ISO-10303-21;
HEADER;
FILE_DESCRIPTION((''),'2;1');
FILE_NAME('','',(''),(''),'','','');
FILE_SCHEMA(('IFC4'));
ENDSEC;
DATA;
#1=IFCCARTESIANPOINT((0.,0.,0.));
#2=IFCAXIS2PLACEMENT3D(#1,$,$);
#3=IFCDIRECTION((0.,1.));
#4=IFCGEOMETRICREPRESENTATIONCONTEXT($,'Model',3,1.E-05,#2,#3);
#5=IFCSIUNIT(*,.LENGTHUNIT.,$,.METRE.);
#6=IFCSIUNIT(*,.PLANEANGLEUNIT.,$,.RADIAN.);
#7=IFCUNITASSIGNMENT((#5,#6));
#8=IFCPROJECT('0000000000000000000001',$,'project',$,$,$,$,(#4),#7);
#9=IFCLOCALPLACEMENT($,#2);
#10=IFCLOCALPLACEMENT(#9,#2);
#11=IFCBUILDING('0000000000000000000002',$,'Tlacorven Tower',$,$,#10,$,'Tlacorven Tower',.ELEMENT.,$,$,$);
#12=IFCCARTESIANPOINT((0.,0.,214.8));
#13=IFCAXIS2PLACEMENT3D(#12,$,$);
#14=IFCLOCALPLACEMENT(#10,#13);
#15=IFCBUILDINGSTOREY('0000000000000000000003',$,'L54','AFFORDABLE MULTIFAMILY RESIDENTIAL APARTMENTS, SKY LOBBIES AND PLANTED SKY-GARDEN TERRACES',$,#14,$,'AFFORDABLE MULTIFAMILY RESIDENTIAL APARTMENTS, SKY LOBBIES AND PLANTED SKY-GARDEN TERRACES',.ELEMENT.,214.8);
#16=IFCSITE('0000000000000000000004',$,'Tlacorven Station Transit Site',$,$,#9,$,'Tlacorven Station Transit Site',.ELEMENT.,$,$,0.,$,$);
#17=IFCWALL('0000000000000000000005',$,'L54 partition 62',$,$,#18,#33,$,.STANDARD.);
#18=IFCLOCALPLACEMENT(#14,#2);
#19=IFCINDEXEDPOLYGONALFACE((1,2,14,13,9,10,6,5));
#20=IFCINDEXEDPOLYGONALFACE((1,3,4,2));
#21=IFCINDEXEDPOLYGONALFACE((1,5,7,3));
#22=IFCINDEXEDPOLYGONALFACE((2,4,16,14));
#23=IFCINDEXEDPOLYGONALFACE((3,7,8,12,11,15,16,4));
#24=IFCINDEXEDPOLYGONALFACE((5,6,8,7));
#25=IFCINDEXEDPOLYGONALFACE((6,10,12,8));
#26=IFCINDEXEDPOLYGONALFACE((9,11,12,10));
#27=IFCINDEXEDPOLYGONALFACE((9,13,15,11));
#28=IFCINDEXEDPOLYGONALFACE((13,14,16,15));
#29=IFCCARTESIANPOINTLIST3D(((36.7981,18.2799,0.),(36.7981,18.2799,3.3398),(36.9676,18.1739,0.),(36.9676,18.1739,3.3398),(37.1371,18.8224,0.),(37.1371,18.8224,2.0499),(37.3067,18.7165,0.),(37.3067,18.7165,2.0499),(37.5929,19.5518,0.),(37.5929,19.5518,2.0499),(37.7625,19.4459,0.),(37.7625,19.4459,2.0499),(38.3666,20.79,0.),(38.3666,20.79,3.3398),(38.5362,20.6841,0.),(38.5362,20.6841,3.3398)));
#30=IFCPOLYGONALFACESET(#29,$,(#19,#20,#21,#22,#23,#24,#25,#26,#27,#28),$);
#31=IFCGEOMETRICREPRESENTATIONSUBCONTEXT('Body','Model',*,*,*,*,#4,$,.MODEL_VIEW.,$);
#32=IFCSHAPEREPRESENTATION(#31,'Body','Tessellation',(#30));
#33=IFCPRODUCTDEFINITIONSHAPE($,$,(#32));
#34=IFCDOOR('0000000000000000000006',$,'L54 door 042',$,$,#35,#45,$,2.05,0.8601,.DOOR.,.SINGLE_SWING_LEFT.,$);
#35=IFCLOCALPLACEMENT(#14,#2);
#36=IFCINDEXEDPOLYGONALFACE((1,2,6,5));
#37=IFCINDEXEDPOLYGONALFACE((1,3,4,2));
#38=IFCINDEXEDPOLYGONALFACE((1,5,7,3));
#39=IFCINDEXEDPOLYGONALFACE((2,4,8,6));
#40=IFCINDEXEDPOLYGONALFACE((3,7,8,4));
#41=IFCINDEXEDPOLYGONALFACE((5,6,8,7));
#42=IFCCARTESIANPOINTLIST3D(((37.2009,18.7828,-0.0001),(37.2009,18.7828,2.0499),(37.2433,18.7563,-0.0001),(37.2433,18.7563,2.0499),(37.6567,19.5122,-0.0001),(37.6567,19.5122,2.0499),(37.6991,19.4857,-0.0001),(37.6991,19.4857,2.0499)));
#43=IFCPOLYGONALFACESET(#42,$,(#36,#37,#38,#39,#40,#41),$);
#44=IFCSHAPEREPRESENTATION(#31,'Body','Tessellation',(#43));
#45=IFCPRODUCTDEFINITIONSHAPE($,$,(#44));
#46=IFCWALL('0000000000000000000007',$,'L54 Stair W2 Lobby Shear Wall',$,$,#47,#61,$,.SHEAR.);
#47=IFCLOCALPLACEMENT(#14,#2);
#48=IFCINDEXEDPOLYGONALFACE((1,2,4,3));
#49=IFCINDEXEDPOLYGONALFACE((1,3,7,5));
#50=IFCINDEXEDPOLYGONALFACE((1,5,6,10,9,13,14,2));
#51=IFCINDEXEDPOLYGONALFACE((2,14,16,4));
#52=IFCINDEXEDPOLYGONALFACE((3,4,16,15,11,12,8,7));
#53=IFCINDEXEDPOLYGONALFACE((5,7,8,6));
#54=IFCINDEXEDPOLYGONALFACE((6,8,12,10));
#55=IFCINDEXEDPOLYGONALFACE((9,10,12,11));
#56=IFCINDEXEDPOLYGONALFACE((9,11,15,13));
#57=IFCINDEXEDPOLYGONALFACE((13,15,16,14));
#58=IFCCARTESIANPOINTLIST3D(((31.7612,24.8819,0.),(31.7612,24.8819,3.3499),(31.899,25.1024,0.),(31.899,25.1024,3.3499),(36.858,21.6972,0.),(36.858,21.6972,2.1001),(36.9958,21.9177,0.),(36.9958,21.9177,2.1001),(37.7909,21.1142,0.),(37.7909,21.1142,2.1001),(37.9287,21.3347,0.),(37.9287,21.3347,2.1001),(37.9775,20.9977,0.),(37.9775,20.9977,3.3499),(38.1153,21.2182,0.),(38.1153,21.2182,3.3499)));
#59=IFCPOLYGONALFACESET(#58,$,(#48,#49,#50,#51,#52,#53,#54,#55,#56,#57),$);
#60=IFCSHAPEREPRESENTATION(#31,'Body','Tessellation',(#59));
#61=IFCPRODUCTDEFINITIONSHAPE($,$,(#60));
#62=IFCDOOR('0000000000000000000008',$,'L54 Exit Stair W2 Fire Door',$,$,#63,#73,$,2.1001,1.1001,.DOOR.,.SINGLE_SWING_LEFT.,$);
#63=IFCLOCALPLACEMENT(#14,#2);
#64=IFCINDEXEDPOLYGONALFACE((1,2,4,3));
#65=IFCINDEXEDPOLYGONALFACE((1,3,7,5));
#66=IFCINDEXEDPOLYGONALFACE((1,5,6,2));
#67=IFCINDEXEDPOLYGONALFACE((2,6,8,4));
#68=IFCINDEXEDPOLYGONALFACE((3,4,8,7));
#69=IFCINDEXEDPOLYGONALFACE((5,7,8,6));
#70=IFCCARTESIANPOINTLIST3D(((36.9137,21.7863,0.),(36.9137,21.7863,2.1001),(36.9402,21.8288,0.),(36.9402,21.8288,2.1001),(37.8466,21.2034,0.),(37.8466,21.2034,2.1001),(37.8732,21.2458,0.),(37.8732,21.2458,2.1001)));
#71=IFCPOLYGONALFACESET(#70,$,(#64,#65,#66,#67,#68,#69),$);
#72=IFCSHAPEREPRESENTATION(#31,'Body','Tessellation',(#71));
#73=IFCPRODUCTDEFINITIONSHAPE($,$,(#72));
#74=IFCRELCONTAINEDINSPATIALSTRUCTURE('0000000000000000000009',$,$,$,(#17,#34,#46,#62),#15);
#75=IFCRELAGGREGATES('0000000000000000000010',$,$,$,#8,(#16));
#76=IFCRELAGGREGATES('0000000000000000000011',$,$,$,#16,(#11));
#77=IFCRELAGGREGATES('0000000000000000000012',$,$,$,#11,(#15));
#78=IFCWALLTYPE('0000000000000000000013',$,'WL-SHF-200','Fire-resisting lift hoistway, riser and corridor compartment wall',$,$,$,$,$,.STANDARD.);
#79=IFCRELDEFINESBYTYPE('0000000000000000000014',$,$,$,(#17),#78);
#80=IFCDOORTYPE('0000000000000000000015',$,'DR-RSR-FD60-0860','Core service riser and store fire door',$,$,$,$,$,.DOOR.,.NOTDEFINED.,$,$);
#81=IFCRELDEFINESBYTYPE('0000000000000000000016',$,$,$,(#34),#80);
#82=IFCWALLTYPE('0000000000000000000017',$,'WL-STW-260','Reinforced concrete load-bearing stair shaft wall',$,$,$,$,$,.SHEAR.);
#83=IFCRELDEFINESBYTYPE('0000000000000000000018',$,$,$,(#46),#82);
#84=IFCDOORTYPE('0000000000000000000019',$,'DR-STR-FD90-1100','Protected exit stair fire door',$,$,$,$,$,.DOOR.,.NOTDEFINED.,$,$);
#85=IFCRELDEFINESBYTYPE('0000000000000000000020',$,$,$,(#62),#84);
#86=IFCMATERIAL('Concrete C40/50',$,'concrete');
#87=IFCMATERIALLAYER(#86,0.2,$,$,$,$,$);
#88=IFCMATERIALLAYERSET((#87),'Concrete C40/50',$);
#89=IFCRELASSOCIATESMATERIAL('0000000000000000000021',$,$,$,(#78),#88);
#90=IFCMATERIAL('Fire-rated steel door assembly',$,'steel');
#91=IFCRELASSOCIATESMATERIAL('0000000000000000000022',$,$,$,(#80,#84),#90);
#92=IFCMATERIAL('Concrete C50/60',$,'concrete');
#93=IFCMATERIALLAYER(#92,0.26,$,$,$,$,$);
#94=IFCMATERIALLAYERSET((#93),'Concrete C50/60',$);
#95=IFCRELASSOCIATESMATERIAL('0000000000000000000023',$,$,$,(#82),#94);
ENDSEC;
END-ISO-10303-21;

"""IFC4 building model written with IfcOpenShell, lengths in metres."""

from ifc_helpers import new_model, si_unit, direction, frame, frame_2d, origin, place, context, subcontext, project, spatial, rectangle, extrude, source, transform, mapped, material, layer, layer_set, type_object, element, fill, save


model = new_model("IFC4")

# Units and contexts
model_context = context("Model", 3, precision=1e-05, world=origin(), true_north=direction((0.0, 1.0)))
body_context = subcontext(model_context, "Body", "Model", "MODEL_VIEW")
ifc_project = project(units=[si_unit("LENGTHUNIT", "METRE"), si_unit("PLANEANGLEUNIT", "RADIAN")], contexts=[model_context])

# Site, building, storey
site_placement = place(None, origin())
site = spatial("IfcSite", under=ifc_project, at=site_placement, Name="Tlacorven Station Transit Site", LongName="Tlacorven Station Transit Site", CompositionType="ELEMENT", RefElevation=0.0)
building_placement = place(site_placement, origin())
building = spatial("IfcBuilding", under=site, at=building_placement, Name="Tlacorven Tower", LongName="Tlacorven Tower", CompositionType="ELEMENT")
storey_placement = place(building_placement, frame((0.0, 0.0, 214.8)))
storey = spatial("IfcBuildingStorey", under=building, at=storey_placement, Name="L54", Description="AFFORDABLE MULTIFAMILY RESIDENTIAL APARTMENTS, SKY LOBBIES AND PLANTED SKY-GARDEN TERRACES", LongName="AFFORDABLE MULTIFAMILY RESIDENTIAL APARTMENTS, SKY LOBBIES AND PLANTED SKY-GARDEN TERRACES", CompositionType="ELEMENT", Elevation=214.8)

# Shared definitions
ifc_material_1 = material(Name="Concrete C50/60", Category="concrete")

# Walls, openings, doors
ifc_material_2 = material(Name="Concrete C40/50", Category="concrete")
ifc_layer_1 = layer(ifc_material_2, 0.2)
ifc_layer_set_1 = layer_set([ifc_layer_1], Name="Concrete C40/50")
wall_type_1 = type_object("IfcWallType", Name="WL-SHF-200", Description="Fire-resisting lift hoistway, riser and corridor compartment wall", PredefinedType="STANDARD", material=ifc_layer_set_1)
ifc_material_3 = material(Name="Fire-rated steel door assembly", Category="steel")
wall_1_placement = place(storey_placement, frame((38.4514, 20.7371, 0.0), z_axis=(0.0, 0.0, 1.0), x_axis=(-0.529925, -0.848045, 0.0)))
wall_1 = element("IfcWall", 1, at=wall_1_placement, inside=storey, type_object=wall_type_1, Name="L54 partition 62", PredefinedType="STANDARD", context=body_context, shape_type="SweptSolid", body=[
    extrude(rectangle(XDim=2.96, YDim=0.2, at=frame_2d((1.48, 0.0))), origin(), (0.0, 0.0, 1.0), 3.3398),
])
opening_1_placement = place(wall_1_placement, frame((1.46, 0.0, 0.0)))
opening_1 = element("IfcOpeningElement", 2, at=opening_1_placement, cuts=wall_1, PredefinedType="OPENING", context=body_context, shape_type="SweptSolid", body=[
    extrude(rectangle(XDim=0.8601, YDim=2.05, at=frame_2d((0.4302, 1.0249))), frame((0.0, 0.1099, 0.0), z_axis=(0.0, -1.0, 0.0), x_axis=(1.0, 0.0, 0.0)), (0.0, 0.0, 1.0), 0.22),
])
door_type_1 = type_object("IfcDoorType", Name="DR-RSR-FD60-0860", Description="Core service riser and store fire door", OperationType="NOTDEFINED", PredefinedType="DOOR", material=ifc_material_3)
shared_shape_1 = source(origin(), body_context, "Body", "SweptSolid", [
    extrude(rectangle(XDim=0.8601, YDim=2.05, at=frame_2d((0.4302, 1.0249))), frame((0.0, 0.0249, 0.0), z_axis=(0.0, -1.0, 0.0), x_axis=(1.0, 0.0, 0.0)), (0.0, 0.0, 1.0), 0.05),
])
door_1_placement = place(opening_1_placement, frame((0.8601, 0.0, 0.0), z_axis=(0.0, 0.0, 1.0), x_axis=(-1.0, 0.0, 0.0)))
door_1 = element("IfcDoor", 3, at=door_1_placement, inside=storey, type_object=door_type_1, Name="L54 door 042", OperationType="SINGLE_SWING_LEFT", OverallHeight=2.05, OverallWidth=0.8601, PredefinedType="DOOR", context=body_context, shape_type="MappedRepresentation", body=[
    mapped(shared_shape_1, transform((0.0, 0.0, 0.0), scale=1.0)),
])
fill(opening_1, door_1)
ifc_layer_2 = layer(ifc_material_1, 0.26)
ifc_layer_set_2 = layer_set([ifc_layer_2], Name="Concrete C50/60")
wall_type_2 = type_object("IfcWallType", Name="WL-STW-260", Description="Reinforced concrete load-bearing stair shaft wall", PredefinedType="SHEAR", material=ifc_layer_set_2)
wall_2_placement = place(storey_placement, frame((38.0464, 21.1079, 0.0), z_axis=(0.0, 0.0, 1.0), x_axis=(-0.848054, 0.529909, 0.0)))
wall_2 = element("IfcWall", 4, at=wall_2_placement, inside=storey, type_object=wall_type_2, Name="L54 Stair W2 Lobby Shear Wall", PredefinedType="SHEAR", context=body_context, shape_type="SweptSolid", body=[
    extrude(rectangle(XDim=7.3301, YDim=0.26, at=frame_2d((3.665, 0.0))), origin(), (0.0, 0.0, 1.0), 3.3499),
])
opening_2_placement = place(wall_2_placement, frame((0.22, 0.0, 0.0)))
opening_2 = element("IfcOpeningElement", 5, at=opening_2_placement, cuts=wall_2, PredefinedType="OPENING", context=body_context, shape_type="SweptSolid", body=[
    extrude(rectangle(XDim=1.1001, YDim=2.1001, at=frame_2d((0.55, 1.05))), frame((0.0, 0.1401, 0.0), z_axis=(0.0, -1.0, 0.0), x_axis=(1.0, 0.0, 0.0)), (0.0, 0.0, 1.0), 0.28),
])
door_type_2 = type_object("IfcDoorType", Name="DR-STR-FD90-1100", Description="Protected exit stair fire door", OperationType="NOTDEFINED", PredefinedType="DOOR", material=ifc_material_3)
shared_shape_2 = source(origin(), body_context, "Body", "SweptSolid", [
    extrude(rectangle(XDim=1.1001, YDim=2.1001, at=frame_2d((0.55, 1.05))), frame((0.0, 0.0249, 0.0), z_axis=(0.0, -1.0, 0.0), x_axis=(1.0, 0.0, 0.0)), (0.0, 0.0, 1.0), 0.05),
])
door_2_placement = place(opening_2_placement, origin())
door_2 = element("IfcDoor", 6, at=door_2_placement, inside=storey, type_object=door_type_2, Name="L54 Exit Stair W2 Fire Door", OperationType="SINGLE_SWING_LEFT", OverallHeight=2.1001, OverallWidth=1.1001, PredefinedType="DOOR", context=body_context, shape_type="MappedRepresentation", body=[
    mapped(shared_shape_2, transform((0.0, 0.0, 0.0), scale=1.0)),
])
fill(opening_2, door_2)

save(model, "model.ifc")
